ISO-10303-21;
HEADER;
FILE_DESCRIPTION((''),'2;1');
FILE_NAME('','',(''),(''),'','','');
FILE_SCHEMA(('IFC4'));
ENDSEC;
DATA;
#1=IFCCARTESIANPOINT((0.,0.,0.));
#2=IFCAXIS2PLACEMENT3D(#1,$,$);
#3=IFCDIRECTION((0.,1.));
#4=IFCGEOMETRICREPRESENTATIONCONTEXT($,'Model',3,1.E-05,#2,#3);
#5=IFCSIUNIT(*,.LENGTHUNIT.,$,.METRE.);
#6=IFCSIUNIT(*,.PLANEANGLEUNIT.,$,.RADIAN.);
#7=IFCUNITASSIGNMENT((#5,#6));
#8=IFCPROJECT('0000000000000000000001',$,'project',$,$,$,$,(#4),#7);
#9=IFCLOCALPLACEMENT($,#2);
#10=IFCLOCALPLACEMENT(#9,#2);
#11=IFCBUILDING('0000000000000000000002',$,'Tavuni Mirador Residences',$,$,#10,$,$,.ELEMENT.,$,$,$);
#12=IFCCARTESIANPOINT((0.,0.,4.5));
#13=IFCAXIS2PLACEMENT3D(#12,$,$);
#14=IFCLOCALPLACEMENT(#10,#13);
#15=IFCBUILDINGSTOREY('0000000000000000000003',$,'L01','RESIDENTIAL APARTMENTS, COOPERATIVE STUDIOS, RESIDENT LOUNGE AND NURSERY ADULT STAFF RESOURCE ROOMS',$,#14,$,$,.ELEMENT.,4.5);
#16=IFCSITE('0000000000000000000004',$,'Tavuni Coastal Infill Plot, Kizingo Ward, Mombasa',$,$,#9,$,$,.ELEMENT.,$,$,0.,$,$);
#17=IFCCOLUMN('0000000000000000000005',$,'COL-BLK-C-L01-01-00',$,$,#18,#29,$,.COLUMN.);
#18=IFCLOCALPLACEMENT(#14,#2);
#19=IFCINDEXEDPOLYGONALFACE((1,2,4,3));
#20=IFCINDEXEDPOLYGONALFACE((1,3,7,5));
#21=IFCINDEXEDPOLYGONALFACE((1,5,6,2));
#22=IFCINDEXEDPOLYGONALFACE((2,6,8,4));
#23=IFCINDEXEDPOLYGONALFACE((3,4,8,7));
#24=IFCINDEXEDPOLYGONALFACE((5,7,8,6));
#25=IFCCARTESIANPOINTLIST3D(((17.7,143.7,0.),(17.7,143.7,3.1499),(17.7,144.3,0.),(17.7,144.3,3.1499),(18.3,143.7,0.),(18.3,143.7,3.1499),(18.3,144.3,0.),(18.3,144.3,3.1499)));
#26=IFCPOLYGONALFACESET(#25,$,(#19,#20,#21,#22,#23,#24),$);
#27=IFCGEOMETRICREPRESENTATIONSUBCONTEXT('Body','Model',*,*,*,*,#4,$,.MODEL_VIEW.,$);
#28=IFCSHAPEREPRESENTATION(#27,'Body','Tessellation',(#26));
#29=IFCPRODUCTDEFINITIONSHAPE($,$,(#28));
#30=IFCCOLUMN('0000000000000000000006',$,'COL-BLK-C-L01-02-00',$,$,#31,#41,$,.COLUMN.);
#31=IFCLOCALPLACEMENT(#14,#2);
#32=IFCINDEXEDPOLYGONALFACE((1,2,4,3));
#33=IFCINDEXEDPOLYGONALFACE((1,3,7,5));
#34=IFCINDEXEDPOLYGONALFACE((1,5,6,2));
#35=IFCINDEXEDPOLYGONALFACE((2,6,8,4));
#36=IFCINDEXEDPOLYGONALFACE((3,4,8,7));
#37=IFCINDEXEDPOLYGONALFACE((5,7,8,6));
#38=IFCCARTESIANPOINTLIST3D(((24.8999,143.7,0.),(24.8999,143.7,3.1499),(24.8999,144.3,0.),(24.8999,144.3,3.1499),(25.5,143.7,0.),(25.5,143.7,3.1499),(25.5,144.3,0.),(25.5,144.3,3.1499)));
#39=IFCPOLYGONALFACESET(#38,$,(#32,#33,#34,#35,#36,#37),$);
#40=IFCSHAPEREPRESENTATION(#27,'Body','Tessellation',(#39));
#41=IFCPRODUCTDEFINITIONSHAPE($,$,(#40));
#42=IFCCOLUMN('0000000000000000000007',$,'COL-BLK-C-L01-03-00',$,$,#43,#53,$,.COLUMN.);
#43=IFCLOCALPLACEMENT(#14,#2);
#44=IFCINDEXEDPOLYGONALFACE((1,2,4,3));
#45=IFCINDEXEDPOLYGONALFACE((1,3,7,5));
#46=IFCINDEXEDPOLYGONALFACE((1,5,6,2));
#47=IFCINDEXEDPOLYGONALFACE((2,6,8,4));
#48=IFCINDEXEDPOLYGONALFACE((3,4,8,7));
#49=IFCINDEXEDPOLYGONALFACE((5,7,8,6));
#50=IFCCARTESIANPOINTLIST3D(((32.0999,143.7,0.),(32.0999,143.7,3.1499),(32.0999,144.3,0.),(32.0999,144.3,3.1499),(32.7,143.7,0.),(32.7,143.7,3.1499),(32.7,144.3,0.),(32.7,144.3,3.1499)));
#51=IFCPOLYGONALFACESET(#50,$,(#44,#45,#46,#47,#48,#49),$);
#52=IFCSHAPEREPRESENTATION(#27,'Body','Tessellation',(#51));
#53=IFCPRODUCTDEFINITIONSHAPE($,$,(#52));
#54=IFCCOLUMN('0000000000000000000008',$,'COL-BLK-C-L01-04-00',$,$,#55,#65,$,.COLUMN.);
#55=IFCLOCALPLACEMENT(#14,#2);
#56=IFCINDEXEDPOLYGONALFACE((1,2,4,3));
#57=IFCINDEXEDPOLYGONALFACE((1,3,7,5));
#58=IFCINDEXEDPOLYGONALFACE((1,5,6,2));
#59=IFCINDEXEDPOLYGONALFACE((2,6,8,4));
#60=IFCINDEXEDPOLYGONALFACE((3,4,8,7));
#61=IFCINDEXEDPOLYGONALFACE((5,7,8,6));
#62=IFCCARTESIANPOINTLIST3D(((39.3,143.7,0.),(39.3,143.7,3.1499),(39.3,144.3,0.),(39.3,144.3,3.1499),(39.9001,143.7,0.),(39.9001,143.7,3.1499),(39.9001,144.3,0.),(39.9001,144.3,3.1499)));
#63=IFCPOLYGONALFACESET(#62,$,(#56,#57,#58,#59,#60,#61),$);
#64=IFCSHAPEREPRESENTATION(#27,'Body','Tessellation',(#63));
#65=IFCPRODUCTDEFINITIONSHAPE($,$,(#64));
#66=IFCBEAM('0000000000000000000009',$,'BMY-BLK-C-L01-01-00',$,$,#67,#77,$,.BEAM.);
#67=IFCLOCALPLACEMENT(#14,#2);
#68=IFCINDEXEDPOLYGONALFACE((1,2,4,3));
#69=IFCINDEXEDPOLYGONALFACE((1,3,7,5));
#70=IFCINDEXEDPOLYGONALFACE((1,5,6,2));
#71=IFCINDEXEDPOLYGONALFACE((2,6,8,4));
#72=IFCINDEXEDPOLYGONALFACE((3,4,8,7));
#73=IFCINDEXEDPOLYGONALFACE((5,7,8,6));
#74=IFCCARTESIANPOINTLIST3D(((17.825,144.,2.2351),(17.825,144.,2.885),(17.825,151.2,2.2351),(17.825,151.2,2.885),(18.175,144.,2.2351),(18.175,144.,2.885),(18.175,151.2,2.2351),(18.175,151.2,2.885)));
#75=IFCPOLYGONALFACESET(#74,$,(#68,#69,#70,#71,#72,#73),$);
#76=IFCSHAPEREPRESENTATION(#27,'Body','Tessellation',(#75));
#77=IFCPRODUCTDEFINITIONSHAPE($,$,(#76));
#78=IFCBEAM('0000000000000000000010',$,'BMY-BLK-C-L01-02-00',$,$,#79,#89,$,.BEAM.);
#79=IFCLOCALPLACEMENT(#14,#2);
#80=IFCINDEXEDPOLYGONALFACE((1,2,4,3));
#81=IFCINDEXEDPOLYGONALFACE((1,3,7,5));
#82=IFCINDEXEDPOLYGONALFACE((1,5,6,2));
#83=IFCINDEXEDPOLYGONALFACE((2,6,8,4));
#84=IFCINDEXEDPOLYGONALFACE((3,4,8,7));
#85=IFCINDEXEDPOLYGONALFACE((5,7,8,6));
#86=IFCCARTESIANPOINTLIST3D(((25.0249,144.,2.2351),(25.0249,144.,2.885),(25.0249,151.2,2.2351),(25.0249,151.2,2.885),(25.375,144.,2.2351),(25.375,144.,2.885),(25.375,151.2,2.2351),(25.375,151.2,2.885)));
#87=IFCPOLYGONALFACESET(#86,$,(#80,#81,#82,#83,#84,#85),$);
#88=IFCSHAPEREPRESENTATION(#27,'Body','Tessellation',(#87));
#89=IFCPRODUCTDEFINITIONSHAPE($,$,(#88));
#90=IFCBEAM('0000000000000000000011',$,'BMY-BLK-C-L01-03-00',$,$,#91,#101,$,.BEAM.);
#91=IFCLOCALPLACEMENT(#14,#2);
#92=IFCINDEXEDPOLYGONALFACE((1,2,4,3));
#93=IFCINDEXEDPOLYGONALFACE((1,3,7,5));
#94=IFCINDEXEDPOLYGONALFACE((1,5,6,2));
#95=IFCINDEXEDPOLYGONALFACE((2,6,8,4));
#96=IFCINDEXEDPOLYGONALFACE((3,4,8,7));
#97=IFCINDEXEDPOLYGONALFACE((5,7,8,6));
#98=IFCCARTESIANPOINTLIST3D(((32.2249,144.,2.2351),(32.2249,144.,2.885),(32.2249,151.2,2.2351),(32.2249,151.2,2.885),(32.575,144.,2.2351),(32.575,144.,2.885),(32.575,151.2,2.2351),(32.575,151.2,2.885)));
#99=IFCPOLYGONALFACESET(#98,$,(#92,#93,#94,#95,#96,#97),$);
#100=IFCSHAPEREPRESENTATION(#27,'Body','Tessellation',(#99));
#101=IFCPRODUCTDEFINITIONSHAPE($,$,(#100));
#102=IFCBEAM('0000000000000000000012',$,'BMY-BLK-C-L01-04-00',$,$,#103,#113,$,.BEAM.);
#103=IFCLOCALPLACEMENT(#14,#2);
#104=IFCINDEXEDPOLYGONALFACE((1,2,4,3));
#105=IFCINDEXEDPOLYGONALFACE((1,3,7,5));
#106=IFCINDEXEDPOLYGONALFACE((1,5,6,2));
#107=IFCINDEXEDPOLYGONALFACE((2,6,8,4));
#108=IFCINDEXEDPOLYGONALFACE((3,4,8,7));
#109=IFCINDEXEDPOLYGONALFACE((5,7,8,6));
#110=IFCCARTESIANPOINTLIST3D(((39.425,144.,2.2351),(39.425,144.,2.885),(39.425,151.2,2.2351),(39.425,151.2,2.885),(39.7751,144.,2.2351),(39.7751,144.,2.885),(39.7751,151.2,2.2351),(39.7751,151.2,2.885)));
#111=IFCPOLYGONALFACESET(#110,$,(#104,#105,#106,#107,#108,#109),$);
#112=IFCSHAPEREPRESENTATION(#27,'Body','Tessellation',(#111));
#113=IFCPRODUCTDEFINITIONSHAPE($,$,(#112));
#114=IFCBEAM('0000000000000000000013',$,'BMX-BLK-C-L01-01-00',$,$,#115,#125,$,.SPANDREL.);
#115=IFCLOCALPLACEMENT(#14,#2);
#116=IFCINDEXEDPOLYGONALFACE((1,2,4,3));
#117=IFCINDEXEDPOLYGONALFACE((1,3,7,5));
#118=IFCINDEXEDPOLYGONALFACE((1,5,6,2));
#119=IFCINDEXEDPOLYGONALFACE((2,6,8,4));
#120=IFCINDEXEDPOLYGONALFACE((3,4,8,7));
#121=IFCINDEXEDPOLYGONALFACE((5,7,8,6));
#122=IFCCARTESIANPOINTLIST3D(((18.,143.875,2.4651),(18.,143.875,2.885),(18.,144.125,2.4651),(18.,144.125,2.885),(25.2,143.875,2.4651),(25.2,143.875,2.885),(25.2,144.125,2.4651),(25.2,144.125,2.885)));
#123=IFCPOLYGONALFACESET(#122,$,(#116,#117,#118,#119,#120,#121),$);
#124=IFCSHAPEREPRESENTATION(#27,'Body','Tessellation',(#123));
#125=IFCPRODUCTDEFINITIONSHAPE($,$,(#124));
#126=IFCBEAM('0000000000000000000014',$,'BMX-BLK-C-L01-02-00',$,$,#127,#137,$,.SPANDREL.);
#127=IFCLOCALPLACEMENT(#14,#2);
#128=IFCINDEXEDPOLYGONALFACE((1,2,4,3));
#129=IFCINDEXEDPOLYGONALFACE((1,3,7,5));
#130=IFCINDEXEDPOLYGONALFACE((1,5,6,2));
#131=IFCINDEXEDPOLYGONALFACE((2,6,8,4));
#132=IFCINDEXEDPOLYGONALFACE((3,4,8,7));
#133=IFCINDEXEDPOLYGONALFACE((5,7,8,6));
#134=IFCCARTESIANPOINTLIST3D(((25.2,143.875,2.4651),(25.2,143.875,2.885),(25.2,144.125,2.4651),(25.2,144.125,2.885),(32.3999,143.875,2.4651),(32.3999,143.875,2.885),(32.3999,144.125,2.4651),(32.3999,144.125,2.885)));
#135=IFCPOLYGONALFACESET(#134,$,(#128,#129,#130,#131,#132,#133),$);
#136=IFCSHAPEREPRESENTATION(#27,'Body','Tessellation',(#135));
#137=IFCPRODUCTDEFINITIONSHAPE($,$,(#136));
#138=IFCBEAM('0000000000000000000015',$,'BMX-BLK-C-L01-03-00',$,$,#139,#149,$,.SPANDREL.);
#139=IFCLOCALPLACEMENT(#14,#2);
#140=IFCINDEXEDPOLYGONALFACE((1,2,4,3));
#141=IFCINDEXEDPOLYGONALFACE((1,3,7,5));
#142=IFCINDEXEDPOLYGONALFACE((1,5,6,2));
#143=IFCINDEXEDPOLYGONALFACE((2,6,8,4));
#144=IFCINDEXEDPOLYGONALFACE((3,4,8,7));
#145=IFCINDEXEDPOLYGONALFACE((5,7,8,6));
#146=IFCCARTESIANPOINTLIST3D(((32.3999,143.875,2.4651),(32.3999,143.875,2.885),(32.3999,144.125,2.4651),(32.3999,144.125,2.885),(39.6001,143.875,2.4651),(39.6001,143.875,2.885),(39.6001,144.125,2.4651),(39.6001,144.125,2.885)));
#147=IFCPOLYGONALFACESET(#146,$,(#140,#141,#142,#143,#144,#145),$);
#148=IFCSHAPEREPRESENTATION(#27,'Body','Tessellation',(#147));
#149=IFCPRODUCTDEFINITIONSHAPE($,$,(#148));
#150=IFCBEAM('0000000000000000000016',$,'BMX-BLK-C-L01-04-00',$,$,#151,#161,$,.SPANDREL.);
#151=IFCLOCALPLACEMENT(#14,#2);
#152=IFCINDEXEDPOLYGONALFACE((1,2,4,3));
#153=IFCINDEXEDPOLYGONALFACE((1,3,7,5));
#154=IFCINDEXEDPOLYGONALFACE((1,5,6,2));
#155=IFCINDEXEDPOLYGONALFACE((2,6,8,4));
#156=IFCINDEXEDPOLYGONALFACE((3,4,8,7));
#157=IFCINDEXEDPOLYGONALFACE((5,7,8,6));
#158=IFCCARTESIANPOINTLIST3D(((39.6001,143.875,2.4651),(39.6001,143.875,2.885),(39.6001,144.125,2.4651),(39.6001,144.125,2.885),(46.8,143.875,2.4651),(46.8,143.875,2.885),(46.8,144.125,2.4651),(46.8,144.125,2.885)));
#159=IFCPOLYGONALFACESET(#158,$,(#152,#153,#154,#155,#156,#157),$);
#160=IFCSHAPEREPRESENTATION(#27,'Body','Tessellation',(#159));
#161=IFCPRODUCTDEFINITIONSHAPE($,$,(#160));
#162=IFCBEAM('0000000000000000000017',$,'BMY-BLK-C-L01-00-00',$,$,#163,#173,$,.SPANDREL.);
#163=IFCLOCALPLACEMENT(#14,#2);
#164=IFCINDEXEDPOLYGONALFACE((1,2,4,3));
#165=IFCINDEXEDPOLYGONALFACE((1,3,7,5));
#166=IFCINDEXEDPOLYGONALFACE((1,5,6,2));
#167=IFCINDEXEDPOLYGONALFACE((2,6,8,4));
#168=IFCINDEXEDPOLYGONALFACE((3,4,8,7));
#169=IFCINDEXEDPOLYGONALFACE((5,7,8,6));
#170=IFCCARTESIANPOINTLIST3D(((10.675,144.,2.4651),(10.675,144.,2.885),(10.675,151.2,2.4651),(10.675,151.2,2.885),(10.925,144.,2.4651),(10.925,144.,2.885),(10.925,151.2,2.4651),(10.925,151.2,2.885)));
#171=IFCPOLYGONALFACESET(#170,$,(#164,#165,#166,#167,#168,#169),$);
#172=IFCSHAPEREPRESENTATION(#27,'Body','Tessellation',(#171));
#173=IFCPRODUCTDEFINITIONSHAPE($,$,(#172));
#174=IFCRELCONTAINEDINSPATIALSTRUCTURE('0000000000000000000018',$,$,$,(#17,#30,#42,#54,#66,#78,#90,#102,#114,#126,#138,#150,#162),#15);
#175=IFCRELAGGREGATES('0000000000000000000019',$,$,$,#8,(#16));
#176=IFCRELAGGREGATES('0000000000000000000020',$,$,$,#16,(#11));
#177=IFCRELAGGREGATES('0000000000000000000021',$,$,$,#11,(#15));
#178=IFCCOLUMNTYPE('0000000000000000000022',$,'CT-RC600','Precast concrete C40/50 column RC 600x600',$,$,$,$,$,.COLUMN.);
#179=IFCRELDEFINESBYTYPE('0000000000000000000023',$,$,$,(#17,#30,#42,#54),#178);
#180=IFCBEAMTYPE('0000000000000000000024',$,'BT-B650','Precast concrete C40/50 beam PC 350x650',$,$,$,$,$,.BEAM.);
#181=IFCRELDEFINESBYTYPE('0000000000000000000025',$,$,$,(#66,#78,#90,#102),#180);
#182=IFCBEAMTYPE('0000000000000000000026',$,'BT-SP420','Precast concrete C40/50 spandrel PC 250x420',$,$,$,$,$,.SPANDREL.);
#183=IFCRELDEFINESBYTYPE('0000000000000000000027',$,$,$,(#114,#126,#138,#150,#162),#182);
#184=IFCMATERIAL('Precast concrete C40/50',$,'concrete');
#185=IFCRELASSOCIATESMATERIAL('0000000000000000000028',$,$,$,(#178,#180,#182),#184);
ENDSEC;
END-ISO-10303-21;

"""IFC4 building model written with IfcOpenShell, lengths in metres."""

from ifc_helpers import new_model, si_unit, direction, frame, origin, origin_2d, place, context, subcontext, project, spatial, rectangle, extrude, material, material_profile, profile_set, type_object, element, save


model = new_model("IFC4")

# Units and contexts
model_context = context("Model", 3, precision=1e-05, world=origin(), true_north=direction((0.0, 1.0)))
body_context = subcontext(model_context, "Body", "Model", "MODEL_VIEW")
ifc_project = project(units=[si_unit("LENGTHUNIT", "METRE"), si_unit("PLANEANGLEUNIT", "RADIAN")], contexts=[model_context])

# Site, building, storey
site_placement = place(None, origin())
site = spatial("IfcSite", under=ifc_project, at=site_placement, Name="Tavuni Coastal Infill Plot, Kizingo Ward, Mombasa", CompositionType="ELEMENT", RefElevation=0.0)
building_placement = place(site_placement, origin())
building = spatial("IfcBuilding", under=site, at=building_placement, Name="Tavuni Mirador Residences", CompositionType="ELEMENT")
storey_placement = place(building_placement, frame((0.0, 0.0, 4.5)))
storey = spatial("IfcBuildingStorey", under=building, at=storey_placement, Name="L01", Description="RESIDENTIAL APARTMENTS, COOPERATIVE STUDIOS, RESIDENT LOUNGE AND NURSERY ADULT STAFF RESOURCE ROOMS", CompositionType="ELEMENT", Elevation=4.5)

# Columns
ifc_material_1 = material(Name="Precast concrete C40/50", Category="concrete")
ifc_material_profile_1 = material_profile(ifc_material_1, rectangle(XDim=0.6001, YDim=0.6001, at=origin_2d()), Name="RC 600x600", Category="concrete")
ifc_profile_set_1 = profile_set([ifc_material_profile_1], Name="Precast concrete C40/50")
column_type = type_object("IfcColumnType", Name="CT-RC600", Description="Precast concrete C40/50 column RC 600x600", PredefinedType="COLUMN", material=ifc_profile_set_1)
for number, where, z_axis, x_axis, name in (
    (1, (18.0, 144.0, 0.0), (0.0, 0.0, 1.0), (1.0, 0.0, 0.0), "COL-BLK-C-L01-01-00"),
    (2, (25.2, 144.0, 0.0), (0.0, 0.0, 1.0), (1.0, 0.0, 0.0), "COL-BLK-C-L01-02-00"),
    (3, (32.3999, 144.0, 0.0), (0.0, 0.0, 1.0), (1.0, 0.0, 0.0), "COL-BLK-C-L01-03-00"),
    (4, (39.6001, 144.0, 0.0), (0.0, 0.0, 1.0), (1.0, 0.0, 0.0), "COL-BLK-C-L01-04-00"),
):
    element("IfcColumn", number, at=place(storey_placement, frame(where, z_axis=z_axis, x_axis=x_axis)), inside=storey, type_object=column_type, Name=name, PredefinedType="COLUMN", context=body_context, shape_type="SweptSolid", body=[
        extrude(rectangle(XDim=0.6001, YDim=0.6001, at=origin_2d()), origin(), (0.0, 0.0, 1.0), 3.1499),
    ])

# Beams
ifc_material_profile_2 = material_profile(ifc_material_1, rectangle(XDim=0.3501, YDim=0.6499, at=origin_2d()), Name="PC 350x650", Category="concrete")
ifc_profile_set_2 = profile_set([ifc_material_profile_2], Name="Precast concrete C40/50")
beam_type_1 = type_object("IfcBeamType", Name="BT-B650", Description="Precast concrete C40/50 beam PC 350x650", PredefinedType="BEAM", material=ifc_profile_set_2)
for number, where, z_axis, x_axis, name in (
    (5, (18.0, 144.0, 2.5601), (0.0, 1.0, 0.0), (-1.0, 0.0, 0.0), "BMY-BLK-C-L01-01-00"),
    (6, (25.2, 144.0, 2.5601), (0.0, 1.0, 0.0), (-1.0, 0.0, 0.0), "BMY-BLK-C-L01-02-00"),
    (7, (32.3999, 144.0, 2.5601), (0.0, 1.0, 0.0), (-1.0, 0.0, 0.0), "BMY-BLK-C-L01-03-00"),
    (8, (39.6001, 144.0, 2.5601), (0.0, 1.0, 0.0), (-1.0, 0.0, 0.0), "BMY-BLK-C-L01-04-00"),
):
    element("IfcBeam", number, at=place(storey_placement, frame(where, z_axis=z_axis, x_axis=x_axis)), inside=storey, type_object=beam_type_1, Name=name, PredefinedType="BEAM", context=body_context, shape_type="SweptSolid", body=[
        extrude(rectangle(XDim=0.3501, YDim=0.6499, at=origin_2d()), origin(), (0.0, 0.0, 1.0), 7.2),
    ])
ifc_material_profile_3 = material_profile(ifc_material_1, rectangle(XDim=0.25, YDim=0.4199, at=origin_2d()), Name="PC 250x420", Category="concrete")
ifc_profile_set_3 = profile_set([ifc_material_profile_3], Name="Precast concrete C40/50")
beam_type_2 = type_object("IfcBeamType", Name="BT-SP420", Description="Precast concrete C40/50 spandrel PC 250x420", PredefinedType="SPANDREL", material=ifc_profile_set_3)
for number, where, z_axis, x_axis, name in (
    (9, (18.0, 144.0, 2.675), (1.0, 0.0, 0.0), (0.0, 1.0, 0.0), "BMX-BLK-C-L01-01-00"),
    (10, (25.2, 144.0, 2.675), (1.0, 0.0, 0.0), (0.0, 1.0, 0.0), "BMX-BLK-C-L01-02-00"),
):
    element("IfcBeam", number, at=place(storey_placement, frame(where, z_axis=z_axis, x_axis=x_axis)), inside=storey, type_object=beam_type_2, Name=name, PredefinedType="SPANDREL", context=body_context, shape_type="SweptSolid", body=[
        extrude(rectangle(XDim=0.25, YDim=0.4199, at=origin_2d()), origin(), (0.0, 0.0, 1.0), 7.2),
    ])
beam_placement = place(storey_placement, frame((32.3999, 144.0, 2.675), z_axis=(1.0, 0.0, 0.0), x_axis=(0.0, 1.0, 0.0)))
element("IfcBeam", 11, at=beam_placement, inside=storey, type_object=beam_type_2, Name="BMX-BLK-C-L01-03-00", PredefinedType="SPANDREL", context=body_context, shape_type="SweptSolid", body=[
    extrude(rectangle(XDim=0.25, YDim=0.4199, at=origin_2d()), origin(), (0.0, 0.0, 1.0), 7.2002),
])
for number, where, z_axis, x_axis, name in (
    (12, (39.6001, 144.0, 2.675), (1.0, 0.0, 0.0), (0.0, 1.0, 0.0), "BMX-BLK-C-L01-04-00"),
    (13, (10.8, 144.0, 2.675), (0.0, 1.0, 0.0), (-1.0, 0.0, 0.0), "BMY-BLK-C-L01-00-00"),
):
    element("IfcBeam", number, at=place(storey_placement, frame(where, z_axis=z_axis, x_axis=x_axis)), inside=storey, type_object=beam_type_2, Name=name, PredefinedType="SPANDREL", context=body_context, shape_type="SweptSolid", body=[
        extrude(rectangle(XDim=0.25, YDim=0.4199, at=origin_2d()), origin(), (0.0, 0.0, 1.0), 7.2),
    ])

save(model, "model.ifc")
